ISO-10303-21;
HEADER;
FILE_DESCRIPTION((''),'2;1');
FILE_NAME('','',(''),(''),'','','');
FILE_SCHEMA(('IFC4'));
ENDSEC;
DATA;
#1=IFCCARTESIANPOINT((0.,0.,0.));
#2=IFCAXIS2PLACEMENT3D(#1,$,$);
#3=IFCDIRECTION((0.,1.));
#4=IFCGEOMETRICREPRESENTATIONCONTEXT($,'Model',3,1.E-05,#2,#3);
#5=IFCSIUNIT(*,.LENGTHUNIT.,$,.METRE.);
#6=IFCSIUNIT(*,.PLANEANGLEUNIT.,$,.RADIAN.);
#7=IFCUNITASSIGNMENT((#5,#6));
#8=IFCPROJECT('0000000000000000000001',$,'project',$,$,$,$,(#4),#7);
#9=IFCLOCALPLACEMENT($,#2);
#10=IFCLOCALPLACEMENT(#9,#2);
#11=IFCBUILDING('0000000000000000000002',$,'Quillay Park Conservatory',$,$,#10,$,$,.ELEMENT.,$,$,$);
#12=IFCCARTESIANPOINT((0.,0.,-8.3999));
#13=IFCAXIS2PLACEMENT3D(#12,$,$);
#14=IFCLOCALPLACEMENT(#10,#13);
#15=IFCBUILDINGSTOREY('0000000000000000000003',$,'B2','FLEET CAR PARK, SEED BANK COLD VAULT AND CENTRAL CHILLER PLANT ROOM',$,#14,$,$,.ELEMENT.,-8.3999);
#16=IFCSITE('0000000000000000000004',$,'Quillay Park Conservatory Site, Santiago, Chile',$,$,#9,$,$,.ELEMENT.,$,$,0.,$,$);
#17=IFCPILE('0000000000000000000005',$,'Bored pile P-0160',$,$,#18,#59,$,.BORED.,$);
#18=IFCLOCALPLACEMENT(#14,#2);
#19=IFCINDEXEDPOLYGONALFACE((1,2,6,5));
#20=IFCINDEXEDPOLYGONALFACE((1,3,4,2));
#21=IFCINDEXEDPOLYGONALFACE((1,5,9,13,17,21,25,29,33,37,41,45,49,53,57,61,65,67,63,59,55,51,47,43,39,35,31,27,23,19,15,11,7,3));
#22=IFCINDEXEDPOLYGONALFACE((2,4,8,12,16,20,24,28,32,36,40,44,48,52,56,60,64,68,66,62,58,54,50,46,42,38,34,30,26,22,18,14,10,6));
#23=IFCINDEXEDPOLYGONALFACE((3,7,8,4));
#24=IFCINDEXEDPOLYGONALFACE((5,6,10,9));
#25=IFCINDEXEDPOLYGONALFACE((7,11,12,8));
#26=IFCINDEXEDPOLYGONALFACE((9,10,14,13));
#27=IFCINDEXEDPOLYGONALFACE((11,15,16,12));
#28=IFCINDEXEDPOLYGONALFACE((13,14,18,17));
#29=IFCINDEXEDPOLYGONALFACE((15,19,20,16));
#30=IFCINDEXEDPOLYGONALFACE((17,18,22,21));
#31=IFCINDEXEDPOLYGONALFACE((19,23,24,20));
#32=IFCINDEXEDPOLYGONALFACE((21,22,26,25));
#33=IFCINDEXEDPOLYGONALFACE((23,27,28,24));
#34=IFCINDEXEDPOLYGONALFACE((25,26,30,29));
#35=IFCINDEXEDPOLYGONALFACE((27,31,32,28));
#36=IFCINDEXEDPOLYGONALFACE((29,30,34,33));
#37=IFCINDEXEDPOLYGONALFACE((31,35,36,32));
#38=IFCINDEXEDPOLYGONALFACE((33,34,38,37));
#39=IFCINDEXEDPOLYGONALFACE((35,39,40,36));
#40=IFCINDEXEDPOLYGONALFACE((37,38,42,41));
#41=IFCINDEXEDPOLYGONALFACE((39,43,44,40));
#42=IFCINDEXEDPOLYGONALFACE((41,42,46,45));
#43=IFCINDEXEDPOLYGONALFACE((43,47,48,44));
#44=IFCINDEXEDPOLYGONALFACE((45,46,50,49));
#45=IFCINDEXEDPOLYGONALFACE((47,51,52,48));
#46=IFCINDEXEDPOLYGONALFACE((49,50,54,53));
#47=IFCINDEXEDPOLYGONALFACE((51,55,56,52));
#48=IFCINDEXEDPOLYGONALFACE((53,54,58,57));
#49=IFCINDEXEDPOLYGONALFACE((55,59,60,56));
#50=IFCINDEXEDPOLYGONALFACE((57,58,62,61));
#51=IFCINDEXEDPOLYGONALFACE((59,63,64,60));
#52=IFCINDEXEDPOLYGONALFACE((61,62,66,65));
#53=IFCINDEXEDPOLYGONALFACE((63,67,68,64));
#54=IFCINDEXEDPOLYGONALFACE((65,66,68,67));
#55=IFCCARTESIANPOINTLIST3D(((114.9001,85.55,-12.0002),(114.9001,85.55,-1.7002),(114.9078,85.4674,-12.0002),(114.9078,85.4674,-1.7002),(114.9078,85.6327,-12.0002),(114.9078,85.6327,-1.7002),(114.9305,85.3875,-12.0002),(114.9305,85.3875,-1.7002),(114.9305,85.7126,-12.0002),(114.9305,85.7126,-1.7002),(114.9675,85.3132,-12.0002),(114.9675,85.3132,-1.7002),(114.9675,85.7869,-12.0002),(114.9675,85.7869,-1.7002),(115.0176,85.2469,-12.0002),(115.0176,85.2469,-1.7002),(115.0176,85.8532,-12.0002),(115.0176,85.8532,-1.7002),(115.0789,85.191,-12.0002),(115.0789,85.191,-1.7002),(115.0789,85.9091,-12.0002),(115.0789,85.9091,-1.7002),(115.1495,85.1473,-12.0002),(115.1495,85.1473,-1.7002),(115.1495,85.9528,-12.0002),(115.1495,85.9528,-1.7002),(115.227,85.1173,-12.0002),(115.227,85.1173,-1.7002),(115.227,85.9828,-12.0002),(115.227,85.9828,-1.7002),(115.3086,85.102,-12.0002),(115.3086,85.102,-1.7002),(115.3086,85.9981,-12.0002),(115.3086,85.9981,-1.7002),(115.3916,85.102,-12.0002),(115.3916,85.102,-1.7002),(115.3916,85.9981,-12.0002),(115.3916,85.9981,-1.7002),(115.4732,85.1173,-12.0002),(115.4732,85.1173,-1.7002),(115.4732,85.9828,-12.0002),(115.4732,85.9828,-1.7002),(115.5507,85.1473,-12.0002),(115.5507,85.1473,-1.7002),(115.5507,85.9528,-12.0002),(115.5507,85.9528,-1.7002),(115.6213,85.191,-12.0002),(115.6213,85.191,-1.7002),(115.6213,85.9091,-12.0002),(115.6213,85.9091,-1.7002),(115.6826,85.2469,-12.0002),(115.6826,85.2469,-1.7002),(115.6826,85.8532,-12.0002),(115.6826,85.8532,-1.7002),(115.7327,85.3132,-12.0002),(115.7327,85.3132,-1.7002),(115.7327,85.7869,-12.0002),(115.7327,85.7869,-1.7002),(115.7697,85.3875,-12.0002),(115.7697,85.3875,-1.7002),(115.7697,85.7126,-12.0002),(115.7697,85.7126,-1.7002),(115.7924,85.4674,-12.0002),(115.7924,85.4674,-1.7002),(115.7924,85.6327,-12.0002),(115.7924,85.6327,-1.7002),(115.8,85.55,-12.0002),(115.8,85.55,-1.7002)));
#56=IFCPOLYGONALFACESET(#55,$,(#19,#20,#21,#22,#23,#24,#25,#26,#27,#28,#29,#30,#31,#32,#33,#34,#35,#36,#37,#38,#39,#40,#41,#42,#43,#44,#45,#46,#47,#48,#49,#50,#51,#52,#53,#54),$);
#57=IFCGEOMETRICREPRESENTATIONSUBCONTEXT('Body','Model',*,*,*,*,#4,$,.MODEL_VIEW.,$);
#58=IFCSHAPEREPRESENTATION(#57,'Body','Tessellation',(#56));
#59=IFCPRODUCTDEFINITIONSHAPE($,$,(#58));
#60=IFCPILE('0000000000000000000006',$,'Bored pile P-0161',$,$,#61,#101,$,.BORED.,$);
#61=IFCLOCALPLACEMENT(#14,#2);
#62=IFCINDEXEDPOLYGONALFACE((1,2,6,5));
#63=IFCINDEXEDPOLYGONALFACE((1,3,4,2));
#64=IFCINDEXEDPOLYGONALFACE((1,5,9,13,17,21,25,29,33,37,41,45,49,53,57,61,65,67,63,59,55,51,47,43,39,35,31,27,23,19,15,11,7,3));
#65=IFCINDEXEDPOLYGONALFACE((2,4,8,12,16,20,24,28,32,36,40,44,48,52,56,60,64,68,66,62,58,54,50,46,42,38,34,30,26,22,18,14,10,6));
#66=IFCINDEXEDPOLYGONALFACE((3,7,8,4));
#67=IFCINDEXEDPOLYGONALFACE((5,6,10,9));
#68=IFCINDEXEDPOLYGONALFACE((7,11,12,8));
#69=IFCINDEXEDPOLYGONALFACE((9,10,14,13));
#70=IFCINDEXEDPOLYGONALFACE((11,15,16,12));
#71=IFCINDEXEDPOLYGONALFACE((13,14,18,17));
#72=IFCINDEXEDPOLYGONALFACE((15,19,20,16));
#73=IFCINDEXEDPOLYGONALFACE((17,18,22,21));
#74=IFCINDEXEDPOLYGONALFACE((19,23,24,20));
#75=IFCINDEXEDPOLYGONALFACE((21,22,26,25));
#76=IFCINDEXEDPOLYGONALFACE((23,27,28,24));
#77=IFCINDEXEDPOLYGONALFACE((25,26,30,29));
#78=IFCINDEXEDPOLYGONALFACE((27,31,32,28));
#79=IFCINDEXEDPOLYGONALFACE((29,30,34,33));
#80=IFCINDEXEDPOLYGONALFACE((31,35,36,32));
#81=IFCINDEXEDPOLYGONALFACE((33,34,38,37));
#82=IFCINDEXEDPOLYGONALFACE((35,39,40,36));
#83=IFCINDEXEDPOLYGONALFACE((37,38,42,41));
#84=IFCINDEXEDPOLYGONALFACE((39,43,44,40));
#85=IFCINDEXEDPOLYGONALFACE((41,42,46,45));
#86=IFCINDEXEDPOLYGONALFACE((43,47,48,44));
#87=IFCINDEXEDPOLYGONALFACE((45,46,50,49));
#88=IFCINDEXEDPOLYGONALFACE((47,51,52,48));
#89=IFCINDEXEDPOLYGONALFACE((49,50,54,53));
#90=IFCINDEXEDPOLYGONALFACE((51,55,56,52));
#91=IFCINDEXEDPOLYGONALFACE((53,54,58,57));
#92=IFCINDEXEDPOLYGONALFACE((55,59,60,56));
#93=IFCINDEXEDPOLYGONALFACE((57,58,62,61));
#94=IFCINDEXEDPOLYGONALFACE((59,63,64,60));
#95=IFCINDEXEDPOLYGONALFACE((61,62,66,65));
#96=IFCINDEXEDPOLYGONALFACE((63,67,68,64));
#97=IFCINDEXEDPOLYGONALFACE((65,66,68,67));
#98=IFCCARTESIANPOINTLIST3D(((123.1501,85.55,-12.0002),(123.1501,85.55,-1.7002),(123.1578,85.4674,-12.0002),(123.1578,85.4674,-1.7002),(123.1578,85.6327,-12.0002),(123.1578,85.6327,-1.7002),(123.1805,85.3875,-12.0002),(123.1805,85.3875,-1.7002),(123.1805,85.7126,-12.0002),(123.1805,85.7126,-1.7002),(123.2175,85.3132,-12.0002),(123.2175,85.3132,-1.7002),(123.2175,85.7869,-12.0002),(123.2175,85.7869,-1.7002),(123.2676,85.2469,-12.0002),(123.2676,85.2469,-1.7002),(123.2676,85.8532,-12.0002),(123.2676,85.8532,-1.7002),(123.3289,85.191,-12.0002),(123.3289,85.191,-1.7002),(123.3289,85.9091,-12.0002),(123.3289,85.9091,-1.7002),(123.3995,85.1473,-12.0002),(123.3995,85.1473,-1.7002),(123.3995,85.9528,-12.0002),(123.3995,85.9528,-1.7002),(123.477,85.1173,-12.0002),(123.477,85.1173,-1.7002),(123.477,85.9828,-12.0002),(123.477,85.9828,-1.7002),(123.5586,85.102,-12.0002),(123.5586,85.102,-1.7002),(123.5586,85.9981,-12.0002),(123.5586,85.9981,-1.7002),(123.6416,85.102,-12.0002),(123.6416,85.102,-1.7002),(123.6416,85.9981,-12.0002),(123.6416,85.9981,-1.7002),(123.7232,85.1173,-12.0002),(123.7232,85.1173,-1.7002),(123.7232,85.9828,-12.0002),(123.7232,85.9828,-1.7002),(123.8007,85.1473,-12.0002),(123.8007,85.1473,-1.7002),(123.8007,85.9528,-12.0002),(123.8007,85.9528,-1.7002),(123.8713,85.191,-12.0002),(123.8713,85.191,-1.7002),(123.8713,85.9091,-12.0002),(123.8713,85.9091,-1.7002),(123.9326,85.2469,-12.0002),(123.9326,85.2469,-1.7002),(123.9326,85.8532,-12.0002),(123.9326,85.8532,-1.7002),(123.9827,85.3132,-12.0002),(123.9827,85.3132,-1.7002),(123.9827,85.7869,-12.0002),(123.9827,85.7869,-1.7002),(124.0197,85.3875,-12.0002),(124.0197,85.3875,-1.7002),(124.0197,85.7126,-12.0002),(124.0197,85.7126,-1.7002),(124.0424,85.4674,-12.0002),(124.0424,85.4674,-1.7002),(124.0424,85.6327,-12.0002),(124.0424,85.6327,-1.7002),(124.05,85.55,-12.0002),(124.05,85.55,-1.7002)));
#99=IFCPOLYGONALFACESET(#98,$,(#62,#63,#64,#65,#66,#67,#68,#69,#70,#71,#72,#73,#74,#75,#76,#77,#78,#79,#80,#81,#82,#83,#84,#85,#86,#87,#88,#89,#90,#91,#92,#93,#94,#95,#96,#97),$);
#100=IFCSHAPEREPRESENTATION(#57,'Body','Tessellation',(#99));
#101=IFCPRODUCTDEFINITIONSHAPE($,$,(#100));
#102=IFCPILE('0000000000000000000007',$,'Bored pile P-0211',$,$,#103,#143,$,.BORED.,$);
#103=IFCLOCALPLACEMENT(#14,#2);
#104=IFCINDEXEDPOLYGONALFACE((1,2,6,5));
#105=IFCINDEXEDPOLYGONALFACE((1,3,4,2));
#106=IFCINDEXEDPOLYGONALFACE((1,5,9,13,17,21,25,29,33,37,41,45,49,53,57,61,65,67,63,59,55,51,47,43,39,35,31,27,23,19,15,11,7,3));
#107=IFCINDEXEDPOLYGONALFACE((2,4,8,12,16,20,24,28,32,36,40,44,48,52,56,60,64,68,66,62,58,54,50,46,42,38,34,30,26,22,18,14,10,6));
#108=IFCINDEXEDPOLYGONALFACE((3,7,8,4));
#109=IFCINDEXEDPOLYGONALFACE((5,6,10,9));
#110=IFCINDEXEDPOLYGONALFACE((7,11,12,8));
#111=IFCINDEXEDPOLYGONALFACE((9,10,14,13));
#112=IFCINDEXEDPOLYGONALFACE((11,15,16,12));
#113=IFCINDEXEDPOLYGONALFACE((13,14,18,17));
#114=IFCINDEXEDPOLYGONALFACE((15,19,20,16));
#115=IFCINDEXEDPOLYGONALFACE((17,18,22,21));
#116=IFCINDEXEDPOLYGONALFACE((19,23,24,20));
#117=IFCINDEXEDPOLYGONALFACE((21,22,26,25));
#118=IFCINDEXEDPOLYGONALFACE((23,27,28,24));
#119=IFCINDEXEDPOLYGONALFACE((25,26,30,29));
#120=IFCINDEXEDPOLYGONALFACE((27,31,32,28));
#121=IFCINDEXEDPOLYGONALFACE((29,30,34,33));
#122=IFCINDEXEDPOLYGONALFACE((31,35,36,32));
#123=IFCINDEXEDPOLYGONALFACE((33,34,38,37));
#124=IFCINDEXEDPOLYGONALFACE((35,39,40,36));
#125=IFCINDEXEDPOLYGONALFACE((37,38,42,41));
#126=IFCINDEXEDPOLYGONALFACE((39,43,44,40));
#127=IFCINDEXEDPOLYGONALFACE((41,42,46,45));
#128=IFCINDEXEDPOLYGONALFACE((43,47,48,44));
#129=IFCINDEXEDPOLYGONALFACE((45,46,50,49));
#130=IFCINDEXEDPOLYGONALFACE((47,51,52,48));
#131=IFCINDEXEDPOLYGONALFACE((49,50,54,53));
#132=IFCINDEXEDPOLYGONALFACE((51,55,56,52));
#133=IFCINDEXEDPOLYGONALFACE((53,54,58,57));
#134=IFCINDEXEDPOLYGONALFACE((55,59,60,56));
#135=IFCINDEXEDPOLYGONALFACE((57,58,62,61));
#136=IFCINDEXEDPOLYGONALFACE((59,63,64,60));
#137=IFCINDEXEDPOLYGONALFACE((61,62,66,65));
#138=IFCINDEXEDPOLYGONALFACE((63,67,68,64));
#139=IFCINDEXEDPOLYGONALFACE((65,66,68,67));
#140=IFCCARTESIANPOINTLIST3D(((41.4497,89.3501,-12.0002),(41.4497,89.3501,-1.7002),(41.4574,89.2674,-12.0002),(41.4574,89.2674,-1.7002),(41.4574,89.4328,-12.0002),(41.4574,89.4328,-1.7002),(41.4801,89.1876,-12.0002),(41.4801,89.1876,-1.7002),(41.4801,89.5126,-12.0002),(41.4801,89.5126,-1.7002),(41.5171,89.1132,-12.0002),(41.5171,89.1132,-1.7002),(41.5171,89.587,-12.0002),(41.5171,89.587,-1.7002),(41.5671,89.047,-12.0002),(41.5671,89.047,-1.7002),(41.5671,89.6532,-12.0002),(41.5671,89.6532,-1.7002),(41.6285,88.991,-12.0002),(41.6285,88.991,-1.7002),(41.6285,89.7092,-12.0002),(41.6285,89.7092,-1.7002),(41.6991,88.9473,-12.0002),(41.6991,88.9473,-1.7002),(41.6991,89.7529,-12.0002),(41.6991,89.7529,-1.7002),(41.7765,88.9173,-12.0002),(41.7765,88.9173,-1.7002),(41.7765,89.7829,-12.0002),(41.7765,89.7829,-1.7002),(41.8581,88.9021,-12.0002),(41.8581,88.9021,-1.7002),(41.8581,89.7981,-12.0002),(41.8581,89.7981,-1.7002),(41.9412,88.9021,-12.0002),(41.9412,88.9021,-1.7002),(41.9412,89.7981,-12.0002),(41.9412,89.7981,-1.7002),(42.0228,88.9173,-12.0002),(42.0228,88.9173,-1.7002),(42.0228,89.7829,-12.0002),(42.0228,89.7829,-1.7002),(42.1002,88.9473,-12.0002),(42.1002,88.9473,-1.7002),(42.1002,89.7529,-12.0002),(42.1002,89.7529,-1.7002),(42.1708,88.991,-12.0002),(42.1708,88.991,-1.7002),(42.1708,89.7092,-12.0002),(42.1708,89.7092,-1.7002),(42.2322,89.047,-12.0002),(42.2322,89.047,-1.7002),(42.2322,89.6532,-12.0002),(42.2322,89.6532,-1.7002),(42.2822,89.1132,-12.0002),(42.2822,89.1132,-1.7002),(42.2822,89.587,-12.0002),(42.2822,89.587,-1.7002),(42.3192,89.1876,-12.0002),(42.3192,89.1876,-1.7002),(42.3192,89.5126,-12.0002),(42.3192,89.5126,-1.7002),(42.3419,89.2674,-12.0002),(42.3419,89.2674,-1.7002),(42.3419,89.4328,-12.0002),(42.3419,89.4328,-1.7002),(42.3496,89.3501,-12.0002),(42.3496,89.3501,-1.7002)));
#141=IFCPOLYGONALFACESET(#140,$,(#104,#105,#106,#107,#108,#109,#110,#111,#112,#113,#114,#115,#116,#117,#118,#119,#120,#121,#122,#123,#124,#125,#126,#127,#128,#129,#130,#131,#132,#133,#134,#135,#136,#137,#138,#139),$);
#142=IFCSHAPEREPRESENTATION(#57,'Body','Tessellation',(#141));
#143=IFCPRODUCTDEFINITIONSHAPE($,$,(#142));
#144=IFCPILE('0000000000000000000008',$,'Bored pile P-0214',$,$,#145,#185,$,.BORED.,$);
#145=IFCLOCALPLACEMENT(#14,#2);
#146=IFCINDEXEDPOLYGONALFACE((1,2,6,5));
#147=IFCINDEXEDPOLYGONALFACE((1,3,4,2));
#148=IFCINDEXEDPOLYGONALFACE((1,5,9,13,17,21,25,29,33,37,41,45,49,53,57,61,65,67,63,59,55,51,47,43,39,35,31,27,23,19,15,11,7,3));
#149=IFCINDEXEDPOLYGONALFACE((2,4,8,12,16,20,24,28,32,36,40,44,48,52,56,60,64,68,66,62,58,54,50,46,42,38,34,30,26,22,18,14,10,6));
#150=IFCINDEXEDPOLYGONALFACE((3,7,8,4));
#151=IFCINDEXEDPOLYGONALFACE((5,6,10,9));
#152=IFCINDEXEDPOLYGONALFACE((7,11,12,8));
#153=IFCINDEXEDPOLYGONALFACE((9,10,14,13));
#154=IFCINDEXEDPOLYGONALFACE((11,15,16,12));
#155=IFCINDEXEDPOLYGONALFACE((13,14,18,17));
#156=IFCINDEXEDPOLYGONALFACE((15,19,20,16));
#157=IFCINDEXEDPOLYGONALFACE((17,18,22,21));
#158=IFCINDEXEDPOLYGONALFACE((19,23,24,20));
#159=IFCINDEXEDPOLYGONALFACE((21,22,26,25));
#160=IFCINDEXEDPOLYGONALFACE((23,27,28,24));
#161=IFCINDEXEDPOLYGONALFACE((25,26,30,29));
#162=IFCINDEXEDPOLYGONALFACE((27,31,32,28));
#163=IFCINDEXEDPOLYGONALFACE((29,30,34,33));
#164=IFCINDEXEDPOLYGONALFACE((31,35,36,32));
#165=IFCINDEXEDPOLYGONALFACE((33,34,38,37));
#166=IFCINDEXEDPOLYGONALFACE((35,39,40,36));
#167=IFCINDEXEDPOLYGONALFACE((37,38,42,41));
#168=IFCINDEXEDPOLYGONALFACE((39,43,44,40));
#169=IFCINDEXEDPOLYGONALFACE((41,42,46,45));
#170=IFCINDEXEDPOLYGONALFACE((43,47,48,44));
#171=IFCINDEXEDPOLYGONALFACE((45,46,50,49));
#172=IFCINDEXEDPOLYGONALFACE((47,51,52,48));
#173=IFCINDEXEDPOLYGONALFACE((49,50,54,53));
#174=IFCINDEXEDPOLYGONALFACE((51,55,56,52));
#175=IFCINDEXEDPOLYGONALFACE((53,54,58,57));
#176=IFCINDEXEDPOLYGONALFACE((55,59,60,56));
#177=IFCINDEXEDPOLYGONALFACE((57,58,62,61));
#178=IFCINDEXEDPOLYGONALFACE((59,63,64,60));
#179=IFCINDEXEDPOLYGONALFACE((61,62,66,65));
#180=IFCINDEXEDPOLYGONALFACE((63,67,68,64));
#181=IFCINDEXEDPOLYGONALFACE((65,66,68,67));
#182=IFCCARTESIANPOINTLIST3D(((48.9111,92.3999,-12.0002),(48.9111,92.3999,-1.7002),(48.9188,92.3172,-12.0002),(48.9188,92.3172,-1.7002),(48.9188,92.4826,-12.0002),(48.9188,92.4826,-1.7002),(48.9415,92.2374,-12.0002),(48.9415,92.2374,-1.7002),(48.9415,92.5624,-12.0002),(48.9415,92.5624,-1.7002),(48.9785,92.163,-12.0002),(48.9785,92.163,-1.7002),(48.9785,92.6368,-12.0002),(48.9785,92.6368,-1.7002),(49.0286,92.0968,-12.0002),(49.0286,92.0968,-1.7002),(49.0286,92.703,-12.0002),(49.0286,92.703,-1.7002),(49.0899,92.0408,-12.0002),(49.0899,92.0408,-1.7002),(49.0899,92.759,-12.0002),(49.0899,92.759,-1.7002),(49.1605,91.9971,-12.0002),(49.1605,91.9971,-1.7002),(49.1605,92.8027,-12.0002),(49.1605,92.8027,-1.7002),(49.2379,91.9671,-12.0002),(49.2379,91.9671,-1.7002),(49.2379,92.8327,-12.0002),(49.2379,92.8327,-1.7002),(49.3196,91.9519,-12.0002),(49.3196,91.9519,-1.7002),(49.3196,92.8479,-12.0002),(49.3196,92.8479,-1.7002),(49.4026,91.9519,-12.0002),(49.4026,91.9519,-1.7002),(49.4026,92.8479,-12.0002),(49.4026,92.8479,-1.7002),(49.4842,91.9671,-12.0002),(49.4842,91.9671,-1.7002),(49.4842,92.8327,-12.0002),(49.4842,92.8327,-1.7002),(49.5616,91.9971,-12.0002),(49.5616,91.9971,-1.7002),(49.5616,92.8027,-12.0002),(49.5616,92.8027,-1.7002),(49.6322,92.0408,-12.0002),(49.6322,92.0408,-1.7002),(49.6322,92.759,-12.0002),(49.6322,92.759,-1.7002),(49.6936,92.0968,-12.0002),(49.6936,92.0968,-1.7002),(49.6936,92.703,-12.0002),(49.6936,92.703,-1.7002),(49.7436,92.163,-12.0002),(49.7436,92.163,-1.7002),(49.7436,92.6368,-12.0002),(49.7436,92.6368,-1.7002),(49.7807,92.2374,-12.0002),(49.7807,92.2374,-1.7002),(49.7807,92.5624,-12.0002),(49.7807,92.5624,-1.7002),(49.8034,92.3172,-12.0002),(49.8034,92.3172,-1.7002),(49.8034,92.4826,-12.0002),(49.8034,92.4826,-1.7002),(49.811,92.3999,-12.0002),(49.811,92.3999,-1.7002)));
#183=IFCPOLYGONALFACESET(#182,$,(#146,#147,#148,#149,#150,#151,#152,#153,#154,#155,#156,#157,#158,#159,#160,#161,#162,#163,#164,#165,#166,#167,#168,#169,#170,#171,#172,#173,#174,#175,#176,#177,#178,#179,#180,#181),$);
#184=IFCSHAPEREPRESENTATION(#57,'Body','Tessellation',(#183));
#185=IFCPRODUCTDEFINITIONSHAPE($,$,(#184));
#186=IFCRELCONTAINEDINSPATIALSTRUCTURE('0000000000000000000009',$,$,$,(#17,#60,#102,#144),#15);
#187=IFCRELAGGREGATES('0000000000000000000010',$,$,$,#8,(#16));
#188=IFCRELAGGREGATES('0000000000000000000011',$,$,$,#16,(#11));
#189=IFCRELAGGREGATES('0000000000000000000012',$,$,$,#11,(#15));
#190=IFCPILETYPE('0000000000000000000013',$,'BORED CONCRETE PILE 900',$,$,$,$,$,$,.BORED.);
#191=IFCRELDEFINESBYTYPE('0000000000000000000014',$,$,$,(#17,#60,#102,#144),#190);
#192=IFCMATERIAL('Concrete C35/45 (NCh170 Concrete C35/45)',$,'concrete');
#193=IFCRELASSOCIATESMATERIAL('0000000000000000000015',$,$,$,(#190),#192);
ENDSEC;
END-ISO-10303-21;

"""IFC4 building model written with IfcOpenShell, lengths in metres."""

from ifc_helpers import new_model, si_unit, direction, frame, origin, origin_2d, place, context, subcontext, project, spatial, circle, extrude, material, material_profile, profile_set, type_object, element, save


model = new_model("IFC4")

# Units and contexts
model_context = context("Model", 3, precision=1e-05, world=origin(), true_north=direction((0.0, 1.0)))
body_context = subcontext(model_context, "Body", "Model", "MODEL_VIEW")
ifc_project = project(units=[si_unit("LENGTHUNIT", "METRE"), si_unit("PLANEANGLEUNIT", "RADIAN")], contexts=[model_context])

# Site, building, storey
site_placement = place(None, origin())
site = spatial("IfcSite", under=ifc_project, at=site_placement, Name="Quillay Park Conservatory Site, Santiago, Chile", CompositionType="ELEMENT", RefElevation=0.0)
building_placement = place(site_placement, origin())
building = spatial("IfcBuilding", under=site, at=building_placement, Name="Quillay Park Conservatory", CompositionType="ELEMENT")
storey_placement = place(building_placement, frame((0.0, 0.0, -8.3999)))
storey = spatial("IfcBuildingStorey", under=building, at=storey_placement, Name="B2", Description="FLEET CAR PARK, SEED BANK COLD VAULT AND CENTRAL CHILLER PLANT ROOM", CompositionType="ELEMENT", Elevation=-8.3999)

# Piles
ifc_material_1 = material(Name="Concrete C35/45 (NCh170 Concrete C35/45)", Category="concrete")
ifc_material_profile_1 = material_profile(ifc_material_1, circle(Radius=0.45, at=origin_2d()), Name="PILE900")
ifc_profile_set_1 = profile_set([ifc_material_profile_1], Name="Concrete C35/45 (NCh170 Concrete C35/45)")
pile_type = type_object("IfcPileType", Name="BORED CONCRETE PILE 900", PredefinedType="BORED", material=ifc_profile_set_1)
for number, where, z_axis, x_axis, name in (
    (1, (115.3501, 85.55, -1.7002), (0.0, 0.0, -1.0), (1.0, 0.0, 0.0), "Bored pile P-0160"),
    (2, (123.6001, 85.55, -1.7002), (0.0, 0.0, -1.0), (1.0, 0.0, 0.0), "Bored pile P-0161"),
    (3, (41.8997, 89.3501, -1.7002), (0.0, 0.0, -1.0), (1.0, 0.0, 0.0), "Bored pile P-0211"),
    (4, (49.3611, 92.3999, -1.7002), (0.0, 0.0, -1.0), (1.0, 0.0, 0.0), "Bored pile P-0214"),
):
    element("IfcPile", number, at=place(storey_placement, frame(where, z_axis=z_axis, x_axis=x_axis)), inside=storey, type_object=pile_type, Name=name, PredefinedType="BORED", context=body_context, shape_type="SweptSolid", body=[
        extrude(circle(Radius=0.45, at=origin_2d()), origin(), (0.0, 0.0, 1.0), 10.3),
    ])

save(model, "model.ifc")
